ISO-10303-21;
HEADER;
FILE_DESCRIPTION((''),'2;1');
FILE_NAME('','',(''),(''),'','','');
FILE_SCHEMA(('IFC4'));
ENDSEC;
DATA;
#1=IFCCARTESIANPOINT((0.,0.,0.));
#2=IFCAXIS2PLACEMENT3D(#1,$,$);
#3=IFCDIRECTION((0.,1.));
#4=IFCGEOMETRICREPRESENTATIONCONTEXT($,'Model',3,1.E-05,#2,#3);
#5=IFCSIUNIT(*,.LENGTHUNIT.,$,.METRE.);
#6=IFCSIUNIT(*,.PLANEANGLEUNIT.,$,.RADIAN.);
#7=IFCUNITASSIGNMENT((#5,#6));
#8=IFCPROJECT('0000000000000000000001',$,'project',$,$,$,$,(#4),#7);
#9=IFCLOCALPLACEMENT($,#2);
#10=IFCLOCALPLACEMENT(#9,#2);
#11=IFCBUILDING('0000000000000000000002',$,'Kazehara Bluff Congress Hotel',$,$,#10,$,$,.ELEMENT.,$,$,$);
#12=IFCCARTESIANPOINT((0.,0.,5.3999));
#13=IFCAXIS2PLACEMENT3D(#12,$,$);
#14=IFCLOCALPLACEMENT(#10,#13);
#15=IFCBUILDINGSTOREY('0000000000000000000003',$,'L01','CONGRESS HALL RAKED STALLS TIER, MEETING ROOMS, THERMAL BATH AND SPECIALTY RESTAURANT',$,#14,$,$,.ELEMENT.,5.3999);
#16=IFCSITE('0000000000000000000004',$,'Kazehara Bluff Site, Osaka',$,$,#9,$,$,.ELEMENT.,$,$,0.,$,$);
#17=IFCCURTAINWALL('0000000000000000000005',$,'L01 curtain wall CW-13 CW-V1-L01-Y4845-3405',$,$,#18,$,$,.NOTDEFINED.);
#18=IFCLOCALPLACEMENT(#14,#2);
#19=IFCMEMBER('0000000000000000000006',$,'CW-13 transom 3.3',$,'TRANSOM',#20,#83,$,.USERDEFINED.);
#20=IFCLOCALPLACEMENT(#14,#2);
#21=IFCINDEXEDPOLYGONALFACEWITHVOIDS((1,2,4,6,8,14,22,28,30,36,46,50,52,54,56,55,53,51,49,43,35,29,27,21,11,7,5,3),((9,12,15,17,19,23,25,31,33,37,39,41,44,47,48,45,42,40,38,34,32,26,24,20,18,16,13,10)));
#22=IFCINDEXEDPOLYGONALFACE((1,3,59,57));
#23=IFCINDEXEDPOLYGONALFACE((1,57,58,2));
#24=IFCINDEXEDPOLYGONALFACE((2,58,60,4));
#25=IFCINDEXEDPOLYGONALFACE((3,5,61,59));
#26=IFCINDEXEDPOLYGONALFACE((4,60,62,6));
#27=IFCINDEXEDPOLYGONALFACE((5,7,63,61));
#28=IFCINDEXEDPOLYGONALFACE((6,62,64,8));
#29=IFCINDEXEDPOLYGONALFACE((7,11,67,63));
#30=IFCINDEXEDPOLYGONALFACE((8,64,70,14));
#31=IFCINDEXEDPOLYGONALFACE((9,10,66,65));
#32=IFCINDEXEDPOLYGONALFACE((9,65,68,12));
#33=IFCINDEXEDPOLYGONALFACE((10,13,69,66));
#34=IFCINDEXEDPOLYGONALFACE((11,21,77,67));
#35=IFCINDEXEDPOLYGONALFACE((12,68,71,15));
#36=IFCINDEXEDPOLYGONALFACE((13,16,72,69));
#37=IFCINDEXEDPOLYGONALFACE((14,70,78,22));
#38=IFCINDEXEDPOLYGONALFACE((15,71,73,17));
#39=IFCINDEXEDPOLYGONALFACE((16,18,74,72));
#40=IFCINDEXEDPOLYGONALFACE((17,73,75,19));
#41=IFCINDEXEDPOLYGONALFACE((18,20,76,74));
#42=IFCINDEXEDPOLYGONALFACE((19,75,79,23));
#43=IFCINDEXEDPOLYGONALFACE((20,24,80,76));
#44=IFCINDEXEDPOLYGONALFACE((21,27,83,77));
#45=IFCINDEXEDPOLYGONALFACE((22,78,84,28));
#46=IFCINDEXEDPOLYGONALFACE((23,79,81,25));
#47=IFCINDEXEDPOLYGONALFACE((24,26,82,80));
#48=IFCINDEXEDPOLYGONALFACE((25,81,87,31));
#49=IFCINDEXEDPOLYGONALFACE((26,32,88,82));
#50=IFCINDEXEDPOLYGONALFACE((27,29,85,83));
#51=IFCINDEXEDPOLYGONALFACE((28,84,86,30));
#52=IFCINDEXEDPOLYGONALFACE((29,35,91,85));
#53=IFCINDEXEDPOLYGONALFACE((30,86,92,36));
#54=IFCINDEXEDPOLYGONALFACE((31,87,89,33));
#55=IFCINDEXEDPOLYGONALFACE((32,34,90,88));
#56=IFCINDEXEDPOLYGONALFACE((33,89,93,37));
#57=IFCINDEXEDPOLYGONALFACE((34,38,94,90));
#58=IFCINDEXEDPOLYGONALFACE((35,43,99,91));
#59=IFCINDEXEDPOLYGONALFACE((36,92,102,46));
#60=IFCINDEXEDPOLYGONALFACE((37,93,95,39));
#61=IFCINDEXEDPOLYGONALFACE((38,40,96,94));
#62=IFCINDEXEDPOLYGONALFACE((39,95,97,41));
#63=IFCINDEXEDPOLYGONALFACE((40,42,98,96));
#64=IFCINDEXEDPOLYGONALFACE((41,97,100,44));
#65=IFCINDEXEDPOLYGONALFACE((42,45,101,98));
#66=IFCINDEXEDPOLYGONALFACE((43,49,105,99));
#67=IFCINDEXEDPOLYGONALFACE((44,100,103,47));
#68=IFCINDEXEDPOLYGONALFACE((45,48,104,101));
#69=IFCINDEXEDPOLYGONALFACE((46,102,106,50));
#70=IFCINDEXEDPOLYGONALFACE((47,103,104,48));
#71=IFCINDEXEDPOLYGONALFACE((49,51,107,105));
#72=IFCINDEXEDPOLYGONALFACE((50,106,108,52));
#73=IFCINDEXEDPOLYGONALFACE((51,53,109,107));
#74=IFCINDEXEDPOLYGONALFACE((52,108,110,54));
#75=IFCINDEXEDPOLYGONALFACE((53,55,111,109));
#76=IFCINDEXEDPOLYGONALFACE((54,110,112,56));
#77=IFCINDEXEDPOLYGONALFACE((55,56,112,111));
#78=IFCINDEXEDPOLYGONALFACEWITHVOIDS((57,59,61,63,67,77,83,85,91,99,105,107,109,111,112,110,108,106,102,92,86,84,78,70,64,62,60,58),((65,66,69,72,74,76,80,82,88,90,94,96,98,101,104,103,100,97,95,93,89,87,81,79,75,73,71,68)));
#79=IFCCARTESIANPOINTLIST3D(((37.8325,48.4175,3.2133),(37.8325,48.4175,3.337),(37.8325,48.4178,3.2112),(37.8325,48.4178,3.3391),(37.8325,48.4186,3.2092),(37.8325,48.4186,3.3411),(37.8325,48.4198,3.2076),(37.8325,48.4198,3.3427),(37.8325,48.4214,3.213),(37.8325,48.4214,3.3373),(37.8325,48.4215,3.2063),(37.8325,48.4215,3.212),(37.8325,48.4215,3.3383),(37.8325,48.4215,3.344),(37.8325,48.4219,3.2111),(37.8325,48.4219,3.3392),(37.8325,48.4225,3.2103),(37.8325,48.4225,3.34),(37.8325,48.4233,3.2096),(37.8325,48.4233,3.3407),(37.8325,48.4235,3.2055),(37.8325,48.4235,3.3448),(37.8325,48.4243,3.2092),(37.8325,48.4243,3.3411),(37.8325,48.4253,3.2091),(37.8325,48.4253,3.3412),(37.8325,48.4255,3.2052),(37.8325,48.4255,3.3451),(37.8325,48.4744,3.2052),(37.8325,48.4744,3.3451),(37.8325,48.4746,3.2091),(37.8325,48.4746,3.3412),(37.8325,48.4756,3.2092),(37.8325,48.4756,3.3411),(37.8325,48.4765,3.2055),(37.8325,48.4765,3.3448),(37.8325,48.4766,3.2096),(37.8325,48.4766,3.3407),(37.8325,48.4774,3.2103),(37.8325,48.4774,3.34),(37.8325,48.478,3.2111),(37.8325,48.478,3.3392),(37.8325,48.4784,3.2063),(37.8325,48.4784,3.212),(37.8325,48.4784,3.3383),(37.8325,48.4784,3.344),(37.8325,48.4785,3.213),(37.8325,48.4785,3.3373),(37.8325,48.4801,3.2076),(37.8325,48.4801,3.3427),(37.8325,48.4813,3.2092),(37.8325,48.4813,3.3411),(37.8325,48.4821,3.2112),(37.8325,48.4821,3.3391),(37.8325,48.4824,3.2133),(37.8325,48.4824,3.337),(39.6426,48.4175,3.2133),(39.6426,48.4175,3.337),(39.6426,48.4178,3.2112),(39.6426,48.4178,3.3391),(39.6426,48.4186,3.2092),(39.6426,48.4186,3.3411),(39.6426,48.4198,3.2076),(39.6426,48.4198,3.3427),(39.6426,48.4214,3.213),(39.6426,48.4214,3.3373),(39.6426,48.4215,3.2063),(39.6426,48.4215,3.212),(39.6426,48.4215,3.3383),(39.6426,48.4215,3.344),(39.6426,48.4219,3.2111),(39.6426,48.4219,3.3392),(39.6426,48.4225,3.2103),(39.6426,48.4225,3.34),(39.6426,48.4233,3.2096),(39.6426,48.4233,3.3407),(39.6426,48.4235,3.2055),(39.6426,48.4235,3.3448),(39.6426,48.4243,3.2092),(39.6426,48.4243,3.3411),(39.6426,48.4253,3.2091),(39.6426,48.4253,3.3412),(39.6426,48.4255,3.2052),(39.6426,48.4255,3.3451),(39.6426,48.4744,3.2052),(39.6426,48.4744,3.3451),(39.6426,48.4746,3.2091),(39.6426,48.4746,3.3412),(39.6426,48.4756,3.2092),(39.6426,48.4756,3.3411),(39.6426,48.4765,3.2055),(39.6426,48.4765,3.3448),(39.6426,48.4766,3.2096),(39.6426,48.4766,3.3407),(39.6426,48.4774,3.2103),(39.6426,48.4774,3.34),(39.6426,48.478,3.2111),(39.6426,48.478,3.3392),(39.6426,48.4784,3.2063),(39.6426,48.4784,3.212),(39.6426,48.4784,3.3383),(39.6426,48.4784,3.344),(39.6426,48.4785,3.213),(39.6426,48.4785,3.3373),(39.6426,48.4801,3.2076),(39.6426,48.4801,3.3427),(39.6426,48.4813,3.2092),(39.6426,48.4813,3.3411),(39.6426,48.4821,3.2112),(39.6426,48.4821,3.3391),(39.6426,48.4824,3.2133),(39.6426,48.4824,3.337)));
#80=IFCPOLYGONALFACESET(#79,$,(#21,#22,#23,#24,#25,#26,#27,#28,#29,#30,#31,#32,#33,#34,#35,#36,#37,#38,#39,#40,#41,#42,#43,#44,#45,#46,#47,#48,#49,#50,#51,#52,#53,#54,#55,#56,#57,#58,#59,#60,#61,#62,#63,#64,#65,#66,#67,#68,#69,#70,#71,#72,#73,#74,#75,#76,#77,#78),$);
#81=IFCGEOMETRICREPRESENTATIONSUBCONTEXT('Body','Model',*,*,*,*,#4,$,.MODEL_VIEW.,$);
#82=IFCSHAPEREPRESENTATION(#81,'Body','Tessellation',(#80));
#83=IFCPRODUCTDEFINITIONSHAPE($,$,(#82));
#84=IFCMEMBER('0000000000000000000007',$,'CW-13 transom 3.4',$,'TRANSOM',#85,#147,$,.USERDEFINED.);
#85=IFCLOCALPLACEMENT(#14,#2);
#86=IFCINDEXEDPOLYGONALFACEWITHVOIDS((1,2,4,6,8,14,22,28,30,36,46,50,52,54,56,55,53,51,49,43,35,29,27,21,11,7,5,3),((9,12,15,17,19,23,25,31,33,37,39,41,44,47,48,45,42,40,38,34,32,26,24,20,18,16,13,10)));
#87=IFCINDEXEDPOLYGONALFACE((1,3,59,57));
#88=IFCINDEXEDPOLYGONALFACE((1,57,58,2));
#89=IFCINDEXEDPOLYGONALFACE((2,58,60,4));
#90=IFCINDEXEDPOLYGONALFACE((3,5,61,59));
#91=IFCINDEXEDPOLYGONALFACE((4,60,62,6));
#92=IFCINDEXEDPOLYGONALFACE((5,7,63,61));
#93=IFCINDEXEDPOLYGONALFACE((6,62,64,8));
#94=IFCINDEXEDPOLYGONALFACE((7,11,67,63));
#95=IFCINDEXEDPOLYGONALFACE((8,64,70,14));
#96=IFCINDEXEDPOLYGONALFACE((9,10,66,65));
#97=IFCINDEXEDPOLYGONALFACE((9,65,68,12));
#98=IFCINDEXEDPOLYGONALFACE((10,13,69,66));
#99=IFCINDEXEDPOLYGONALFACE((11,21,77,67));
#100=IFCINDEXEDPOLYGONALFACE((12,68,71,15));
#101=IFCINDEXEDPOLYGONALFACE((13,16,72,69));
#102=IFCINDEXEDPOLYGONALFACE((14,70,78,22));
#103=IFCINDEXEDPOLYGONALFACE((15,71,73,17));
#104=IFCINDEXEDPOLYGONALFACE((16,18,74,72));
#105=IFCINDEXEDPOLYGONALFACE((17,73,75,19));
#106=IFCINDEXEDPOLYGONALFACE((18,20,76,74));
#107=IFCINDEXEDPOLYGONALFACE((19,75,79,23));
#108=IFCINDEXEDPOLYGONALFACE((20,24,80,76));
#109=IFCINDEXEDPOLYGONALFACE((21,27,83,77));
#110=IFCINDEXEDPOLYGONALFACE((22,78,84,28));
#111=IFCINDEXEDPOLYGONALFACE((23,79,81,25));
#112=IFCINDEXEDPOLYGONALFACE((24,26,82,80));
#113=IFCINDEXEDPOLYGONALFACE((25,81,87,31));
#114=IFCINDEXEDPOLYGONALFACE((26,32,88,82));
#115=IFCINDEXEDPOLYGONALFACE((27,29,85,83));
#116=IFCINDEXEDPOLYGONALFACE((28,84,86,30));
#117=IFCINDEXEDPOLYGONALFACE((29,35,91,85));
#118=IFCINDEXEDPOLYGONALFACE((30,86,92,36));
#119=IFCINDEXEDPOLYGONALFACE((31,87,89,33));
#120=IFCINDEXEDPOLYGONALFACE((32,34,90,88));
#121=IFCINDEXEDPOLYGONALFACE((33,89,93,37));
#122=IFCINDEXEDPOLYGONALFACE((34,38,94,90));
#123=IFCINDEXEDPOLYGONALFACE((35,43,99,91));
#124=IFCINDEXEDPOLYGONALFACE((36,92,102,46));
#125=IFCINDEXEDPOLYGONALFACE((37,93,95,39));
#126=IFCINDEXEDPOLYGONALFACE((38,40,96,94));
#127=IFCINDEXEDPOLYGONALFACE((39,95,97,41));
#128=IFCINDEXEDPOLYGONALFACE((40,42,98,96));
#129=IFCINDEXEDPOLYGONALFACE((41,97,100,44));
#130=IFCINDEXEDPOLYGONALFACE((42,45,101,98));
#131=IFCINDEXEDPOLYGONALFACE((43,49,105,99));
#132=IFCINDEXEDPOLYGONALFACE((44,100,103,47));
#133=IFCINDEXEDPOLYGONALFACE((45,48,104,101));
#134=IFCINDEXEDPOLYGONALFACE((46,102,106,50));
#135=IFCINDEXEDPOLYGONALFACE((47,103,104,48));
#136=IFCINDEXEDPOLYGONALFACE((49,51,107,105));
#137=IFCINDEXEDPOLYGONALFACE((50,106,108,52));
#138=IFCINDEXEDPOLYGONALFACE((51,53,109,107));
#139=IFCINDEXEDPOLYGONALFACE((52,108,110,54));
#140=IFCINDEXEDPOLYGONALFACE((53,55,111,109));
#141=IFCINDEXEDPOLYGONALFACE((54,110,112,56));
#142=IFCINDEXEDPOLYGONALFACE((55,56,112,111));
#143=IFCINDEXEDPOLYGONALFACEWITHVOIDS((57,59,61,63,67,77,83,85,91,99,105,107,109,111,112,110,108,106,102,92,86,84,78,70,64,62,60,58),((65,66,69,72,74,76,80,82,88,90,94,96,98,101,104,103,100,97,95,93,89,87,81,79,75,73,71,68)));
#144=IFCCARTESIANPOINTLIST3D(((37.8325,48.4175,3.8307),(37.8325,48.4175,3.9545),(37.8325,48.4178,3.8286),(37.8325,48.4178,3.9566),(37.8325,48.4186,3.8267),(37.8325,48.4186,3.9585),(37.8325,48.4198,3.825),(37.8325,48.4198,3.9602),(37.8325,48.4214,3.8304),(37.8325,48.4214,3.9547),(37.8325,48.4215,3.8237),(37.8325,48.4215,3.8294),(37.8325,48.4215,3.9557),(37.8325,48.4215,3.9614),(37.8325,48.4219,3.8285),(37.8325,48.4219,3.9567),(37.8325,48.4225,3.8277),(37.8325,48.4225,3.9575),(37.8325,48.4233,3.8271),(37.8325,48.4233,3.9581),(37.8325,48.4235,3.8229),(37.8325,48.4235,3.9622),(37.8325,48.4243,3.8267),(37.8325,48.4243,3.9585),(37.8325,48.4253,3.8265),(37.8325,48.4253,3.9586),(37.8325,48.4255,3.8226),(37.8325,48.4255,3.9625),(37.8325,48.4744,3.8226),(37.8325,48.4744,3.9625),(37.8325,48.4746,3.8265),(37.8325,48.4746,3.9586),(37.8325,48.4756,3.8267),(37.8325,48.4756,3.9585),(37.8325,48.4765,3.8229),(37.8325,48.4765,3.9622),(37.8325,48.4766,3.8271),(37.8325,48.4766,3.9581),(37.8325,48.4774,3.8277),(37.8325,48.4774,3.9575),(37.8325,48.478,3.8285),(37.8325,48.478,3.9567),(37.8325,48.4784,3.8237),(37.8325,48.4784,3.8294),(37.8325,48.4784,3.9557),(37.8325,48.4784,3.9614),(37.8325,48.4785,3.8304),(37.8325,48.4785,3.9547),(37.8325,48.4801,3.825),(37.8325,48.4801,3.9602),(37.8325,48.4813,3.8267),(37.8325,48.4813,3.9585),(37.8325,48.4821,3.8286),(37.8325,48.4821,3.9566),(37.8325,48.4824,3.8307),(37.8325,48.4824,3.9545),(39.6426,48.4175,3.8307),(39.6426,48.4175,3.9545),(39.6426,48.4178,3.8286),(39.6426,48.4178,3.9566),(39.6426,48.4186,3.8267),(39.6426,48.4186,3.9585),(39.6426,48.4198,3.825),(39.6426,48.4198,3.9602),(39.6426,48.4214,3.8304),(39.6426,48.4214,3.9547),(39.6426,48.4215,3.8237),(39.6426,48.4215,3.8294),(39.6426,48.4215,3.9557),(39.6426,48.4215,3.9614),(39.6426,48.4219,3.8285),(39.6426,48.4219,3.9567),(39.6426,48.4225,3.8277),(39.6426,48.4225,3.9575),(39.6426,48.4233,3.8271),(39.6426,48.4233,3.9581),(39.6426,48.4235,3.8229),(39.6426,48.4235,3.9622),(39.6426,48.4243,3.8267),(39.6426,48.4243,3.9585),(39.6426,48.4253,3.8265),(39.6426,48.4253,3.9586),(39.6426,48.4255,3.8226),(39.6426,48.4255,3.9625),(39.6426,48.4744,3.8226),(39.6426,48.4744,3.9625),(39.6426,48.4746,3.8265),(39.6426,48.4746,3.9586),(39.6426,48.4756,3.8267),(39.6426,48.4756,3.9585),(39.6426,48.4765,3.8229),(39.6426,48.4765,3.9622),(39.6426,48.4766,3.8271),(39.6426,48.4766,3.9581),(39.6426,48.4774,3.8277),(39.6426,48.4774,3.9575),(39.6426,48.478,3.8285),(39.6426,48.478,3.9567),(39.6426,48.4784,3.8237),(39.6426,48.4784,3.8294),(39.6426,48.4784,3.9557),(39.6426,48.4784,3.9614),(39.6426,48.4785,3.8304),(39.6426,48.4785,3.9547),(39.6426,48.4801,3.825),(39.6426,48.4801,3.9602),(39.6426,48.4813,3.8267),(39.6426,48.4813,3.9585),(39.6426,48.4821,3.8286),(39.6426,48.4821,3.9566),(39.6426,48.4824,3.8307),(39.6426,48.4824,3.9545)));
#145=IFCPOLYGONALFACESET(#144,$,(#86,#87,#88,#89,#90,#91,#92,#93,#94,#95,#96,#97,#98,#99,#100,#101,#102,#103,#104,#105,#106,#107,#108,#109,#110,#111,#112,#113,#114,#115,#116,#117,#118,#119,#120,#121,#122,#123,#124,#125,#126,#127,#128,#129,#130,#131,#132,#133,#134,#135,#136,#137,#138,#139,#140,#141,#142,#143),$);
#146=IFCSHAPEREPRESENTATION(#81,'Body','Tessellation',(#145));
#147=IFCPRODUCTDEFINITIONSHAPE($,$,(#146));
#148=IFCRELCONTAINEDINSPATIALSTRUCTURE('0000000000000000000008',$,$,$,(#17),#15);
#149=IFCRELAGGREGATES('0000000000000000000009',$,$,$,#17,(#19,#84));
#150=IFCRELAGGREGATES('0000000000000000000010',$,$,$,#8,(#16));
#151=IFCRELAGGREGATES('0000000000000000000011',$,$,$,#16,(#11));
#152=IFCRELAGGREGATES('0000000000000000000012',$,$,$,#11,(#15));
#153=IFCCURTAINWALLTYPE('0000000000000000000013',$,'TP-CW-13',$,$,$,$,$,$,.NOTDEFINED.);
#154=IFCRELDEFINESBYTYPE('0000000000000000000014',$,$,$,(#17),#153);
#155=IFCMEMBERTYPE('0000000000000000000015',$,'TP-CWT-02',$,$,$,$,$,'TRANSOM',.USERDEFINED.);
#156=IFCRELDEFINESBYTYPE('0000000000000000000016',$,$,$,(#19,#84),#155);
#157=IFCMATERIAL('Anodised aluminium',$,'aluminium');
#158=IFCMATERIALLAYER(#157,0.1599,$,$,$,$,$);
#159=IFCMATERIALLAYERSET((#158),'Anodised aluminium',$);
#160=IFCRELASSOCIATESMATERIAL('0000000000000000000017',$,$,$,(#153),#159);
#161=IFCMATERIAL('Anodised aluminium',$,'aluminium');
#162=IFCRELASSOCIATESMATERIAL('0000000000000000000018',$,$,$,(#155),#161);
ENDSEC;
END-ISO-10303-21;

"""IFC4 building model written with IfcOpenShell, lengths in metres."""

from ifc_helpers import new_model, si_unit, direction, frame, origin, origin_2d, place, context, subcontext, project, spatial, hollow_rectangle, extrude, material, layer, layer_set, material_profile, profile_set, type_object, element, aggregate, save


model = new_model("IFC4")

# Units and contexts
model_context = context("Model", 3, precision=1e-05, world=origin(), true_north=direction((0.0, 1.0)))
body_context = subcontext(model_context, "Body", "Model", "MODEL_VIEW")
ifc_project = project(units=[si_unit("LENGTHUNIT", "METRE"), si_unit("PLANEANGLEUNIT", "RADIAN")], contexts=[model_context])

# Site, building, storey
site_placement = place(None, origin())
site = spatial("IfcSite", under=ifc_project, at=site_placement, Name="Kazehara Bluff Site, Osaka", CompositionType="ELEMENT", RefElevation=0.0)
building_placement = place(site_placement, origin())
building = spatial("IfcBuilding", under=site, at=building_placement, Name="Kazehara Bluff Congress Hotel", CompositionType="ELEMENT")
storey_placement = place(building_placement, frame((0.0, 0.0, 5.3999)))
storey = spatial("IfcBuildingStorey", under=building, at=storey_placement, Name="L01", Description="CONGRESS HALL RAKED STALLS TIER, MEETING ROOMS, THERMAL BATH AND SPECIALTY RESTAURANT", CompositionType="ELEMENT", Elevation=5.3999)

# Curtain wall
ifc_material_1 = material(Name="Anodised aluminium", Category="aluminium")
ifc_layer_1 = layer(ifc_material_1, 0.1599)
ifc_layer_set_1 = layer_set([ifc_layer_1], Name="Anodised aluminium")
curtain_wall_type = type_object("IfcCurtainWallType", Name="TP-CW-13", PredefinedType="NOTDEFINED", material=ifc_layer_set_1)
curtain_wall_1_placement = place(storey_placement, origin())
curtain_wall_1 = element("IfcCurtainWall", 1, at=curtain_wall_1_placement, inside=storey, type_object=curtain_wall_type, Name="L01 curtain wall CW-13 CW-V1-L01-Y4845-3405", PredefinedType="NOTDEFINED")

# Members
ifc_material_2 = material(Name="Anodised aluminium", Category="aluminium")
ifc_material_profile_1 = material_profile(ifc_material_2, hollow_rectangle(XDim=0.0649, YDim=0.1399, WallThickness=0.0039, InnerFilletRadius=0.0039, OuterFilletRadius=0.0081, at=origin_2d()))
ifc_profile_set_1 = profile_set([ifc_material_profile_1], Name="Anodised aluminium")
member_type_1 = type_object("IfcMemberType", Name="TP-CWT-02", ElementType="TRANSOM", PredefinedType="USERDEFINED", material=ifc_profile_set_1)
member_1_placement = place(storey_placement, frame((37.8325, 48.45, 3.2751), z_axis=(1.0, 0.0, 0.0), x_axis=(0.0, 1.0, 0.0)))
member_1 = element("IfcMember", 2, at=member_1_placement, type_object=member_type_1, Name="CW-13 transom 3.3", ObjectType="TRANSOM", PredefinedType="USERDEFINED", context=body_context, shape_type="SweptSolid", body=[
    extrude(hollow_rectangle(XDim=0.0649, YDim=0.1399, WallThickness=0.0039, InnerFilletRadius=0.0039, OuterFilletRadius=0.0081, at=origin_2d()), origin(), (0.0, 0.0, 1.0), 1.8101),
])
member_2_placement = place(storey_placement, frame((37.8325, 48.45, 3.8926), z_axis=(1.0, 0.0, 0.0), x_axis=(0.0, 1.0, 0.0)))
member_2 = element("IfcMember", 3, at=member_2_placement, type_object=member_type_1, Name="CW-13 transom 3.4", ObjectType="TRANSOM", PredefinedType="USERDEFINED", context=body_context, shape_type="SweptSolid", body=[
    extrude(hollow_rectangle(XDim=0.0649, YDim=0.1399, WallThickness=0.0039, InnerFilletRadius=0.0039, OuterFilletRadius=0.0081, at=origin_2d()), origin(), (0.0, 0.0, 1.0), 1.8101),
])

aggregate(curtain_wall_1, [member_1, member_2])

save(model, "model.ifc")
